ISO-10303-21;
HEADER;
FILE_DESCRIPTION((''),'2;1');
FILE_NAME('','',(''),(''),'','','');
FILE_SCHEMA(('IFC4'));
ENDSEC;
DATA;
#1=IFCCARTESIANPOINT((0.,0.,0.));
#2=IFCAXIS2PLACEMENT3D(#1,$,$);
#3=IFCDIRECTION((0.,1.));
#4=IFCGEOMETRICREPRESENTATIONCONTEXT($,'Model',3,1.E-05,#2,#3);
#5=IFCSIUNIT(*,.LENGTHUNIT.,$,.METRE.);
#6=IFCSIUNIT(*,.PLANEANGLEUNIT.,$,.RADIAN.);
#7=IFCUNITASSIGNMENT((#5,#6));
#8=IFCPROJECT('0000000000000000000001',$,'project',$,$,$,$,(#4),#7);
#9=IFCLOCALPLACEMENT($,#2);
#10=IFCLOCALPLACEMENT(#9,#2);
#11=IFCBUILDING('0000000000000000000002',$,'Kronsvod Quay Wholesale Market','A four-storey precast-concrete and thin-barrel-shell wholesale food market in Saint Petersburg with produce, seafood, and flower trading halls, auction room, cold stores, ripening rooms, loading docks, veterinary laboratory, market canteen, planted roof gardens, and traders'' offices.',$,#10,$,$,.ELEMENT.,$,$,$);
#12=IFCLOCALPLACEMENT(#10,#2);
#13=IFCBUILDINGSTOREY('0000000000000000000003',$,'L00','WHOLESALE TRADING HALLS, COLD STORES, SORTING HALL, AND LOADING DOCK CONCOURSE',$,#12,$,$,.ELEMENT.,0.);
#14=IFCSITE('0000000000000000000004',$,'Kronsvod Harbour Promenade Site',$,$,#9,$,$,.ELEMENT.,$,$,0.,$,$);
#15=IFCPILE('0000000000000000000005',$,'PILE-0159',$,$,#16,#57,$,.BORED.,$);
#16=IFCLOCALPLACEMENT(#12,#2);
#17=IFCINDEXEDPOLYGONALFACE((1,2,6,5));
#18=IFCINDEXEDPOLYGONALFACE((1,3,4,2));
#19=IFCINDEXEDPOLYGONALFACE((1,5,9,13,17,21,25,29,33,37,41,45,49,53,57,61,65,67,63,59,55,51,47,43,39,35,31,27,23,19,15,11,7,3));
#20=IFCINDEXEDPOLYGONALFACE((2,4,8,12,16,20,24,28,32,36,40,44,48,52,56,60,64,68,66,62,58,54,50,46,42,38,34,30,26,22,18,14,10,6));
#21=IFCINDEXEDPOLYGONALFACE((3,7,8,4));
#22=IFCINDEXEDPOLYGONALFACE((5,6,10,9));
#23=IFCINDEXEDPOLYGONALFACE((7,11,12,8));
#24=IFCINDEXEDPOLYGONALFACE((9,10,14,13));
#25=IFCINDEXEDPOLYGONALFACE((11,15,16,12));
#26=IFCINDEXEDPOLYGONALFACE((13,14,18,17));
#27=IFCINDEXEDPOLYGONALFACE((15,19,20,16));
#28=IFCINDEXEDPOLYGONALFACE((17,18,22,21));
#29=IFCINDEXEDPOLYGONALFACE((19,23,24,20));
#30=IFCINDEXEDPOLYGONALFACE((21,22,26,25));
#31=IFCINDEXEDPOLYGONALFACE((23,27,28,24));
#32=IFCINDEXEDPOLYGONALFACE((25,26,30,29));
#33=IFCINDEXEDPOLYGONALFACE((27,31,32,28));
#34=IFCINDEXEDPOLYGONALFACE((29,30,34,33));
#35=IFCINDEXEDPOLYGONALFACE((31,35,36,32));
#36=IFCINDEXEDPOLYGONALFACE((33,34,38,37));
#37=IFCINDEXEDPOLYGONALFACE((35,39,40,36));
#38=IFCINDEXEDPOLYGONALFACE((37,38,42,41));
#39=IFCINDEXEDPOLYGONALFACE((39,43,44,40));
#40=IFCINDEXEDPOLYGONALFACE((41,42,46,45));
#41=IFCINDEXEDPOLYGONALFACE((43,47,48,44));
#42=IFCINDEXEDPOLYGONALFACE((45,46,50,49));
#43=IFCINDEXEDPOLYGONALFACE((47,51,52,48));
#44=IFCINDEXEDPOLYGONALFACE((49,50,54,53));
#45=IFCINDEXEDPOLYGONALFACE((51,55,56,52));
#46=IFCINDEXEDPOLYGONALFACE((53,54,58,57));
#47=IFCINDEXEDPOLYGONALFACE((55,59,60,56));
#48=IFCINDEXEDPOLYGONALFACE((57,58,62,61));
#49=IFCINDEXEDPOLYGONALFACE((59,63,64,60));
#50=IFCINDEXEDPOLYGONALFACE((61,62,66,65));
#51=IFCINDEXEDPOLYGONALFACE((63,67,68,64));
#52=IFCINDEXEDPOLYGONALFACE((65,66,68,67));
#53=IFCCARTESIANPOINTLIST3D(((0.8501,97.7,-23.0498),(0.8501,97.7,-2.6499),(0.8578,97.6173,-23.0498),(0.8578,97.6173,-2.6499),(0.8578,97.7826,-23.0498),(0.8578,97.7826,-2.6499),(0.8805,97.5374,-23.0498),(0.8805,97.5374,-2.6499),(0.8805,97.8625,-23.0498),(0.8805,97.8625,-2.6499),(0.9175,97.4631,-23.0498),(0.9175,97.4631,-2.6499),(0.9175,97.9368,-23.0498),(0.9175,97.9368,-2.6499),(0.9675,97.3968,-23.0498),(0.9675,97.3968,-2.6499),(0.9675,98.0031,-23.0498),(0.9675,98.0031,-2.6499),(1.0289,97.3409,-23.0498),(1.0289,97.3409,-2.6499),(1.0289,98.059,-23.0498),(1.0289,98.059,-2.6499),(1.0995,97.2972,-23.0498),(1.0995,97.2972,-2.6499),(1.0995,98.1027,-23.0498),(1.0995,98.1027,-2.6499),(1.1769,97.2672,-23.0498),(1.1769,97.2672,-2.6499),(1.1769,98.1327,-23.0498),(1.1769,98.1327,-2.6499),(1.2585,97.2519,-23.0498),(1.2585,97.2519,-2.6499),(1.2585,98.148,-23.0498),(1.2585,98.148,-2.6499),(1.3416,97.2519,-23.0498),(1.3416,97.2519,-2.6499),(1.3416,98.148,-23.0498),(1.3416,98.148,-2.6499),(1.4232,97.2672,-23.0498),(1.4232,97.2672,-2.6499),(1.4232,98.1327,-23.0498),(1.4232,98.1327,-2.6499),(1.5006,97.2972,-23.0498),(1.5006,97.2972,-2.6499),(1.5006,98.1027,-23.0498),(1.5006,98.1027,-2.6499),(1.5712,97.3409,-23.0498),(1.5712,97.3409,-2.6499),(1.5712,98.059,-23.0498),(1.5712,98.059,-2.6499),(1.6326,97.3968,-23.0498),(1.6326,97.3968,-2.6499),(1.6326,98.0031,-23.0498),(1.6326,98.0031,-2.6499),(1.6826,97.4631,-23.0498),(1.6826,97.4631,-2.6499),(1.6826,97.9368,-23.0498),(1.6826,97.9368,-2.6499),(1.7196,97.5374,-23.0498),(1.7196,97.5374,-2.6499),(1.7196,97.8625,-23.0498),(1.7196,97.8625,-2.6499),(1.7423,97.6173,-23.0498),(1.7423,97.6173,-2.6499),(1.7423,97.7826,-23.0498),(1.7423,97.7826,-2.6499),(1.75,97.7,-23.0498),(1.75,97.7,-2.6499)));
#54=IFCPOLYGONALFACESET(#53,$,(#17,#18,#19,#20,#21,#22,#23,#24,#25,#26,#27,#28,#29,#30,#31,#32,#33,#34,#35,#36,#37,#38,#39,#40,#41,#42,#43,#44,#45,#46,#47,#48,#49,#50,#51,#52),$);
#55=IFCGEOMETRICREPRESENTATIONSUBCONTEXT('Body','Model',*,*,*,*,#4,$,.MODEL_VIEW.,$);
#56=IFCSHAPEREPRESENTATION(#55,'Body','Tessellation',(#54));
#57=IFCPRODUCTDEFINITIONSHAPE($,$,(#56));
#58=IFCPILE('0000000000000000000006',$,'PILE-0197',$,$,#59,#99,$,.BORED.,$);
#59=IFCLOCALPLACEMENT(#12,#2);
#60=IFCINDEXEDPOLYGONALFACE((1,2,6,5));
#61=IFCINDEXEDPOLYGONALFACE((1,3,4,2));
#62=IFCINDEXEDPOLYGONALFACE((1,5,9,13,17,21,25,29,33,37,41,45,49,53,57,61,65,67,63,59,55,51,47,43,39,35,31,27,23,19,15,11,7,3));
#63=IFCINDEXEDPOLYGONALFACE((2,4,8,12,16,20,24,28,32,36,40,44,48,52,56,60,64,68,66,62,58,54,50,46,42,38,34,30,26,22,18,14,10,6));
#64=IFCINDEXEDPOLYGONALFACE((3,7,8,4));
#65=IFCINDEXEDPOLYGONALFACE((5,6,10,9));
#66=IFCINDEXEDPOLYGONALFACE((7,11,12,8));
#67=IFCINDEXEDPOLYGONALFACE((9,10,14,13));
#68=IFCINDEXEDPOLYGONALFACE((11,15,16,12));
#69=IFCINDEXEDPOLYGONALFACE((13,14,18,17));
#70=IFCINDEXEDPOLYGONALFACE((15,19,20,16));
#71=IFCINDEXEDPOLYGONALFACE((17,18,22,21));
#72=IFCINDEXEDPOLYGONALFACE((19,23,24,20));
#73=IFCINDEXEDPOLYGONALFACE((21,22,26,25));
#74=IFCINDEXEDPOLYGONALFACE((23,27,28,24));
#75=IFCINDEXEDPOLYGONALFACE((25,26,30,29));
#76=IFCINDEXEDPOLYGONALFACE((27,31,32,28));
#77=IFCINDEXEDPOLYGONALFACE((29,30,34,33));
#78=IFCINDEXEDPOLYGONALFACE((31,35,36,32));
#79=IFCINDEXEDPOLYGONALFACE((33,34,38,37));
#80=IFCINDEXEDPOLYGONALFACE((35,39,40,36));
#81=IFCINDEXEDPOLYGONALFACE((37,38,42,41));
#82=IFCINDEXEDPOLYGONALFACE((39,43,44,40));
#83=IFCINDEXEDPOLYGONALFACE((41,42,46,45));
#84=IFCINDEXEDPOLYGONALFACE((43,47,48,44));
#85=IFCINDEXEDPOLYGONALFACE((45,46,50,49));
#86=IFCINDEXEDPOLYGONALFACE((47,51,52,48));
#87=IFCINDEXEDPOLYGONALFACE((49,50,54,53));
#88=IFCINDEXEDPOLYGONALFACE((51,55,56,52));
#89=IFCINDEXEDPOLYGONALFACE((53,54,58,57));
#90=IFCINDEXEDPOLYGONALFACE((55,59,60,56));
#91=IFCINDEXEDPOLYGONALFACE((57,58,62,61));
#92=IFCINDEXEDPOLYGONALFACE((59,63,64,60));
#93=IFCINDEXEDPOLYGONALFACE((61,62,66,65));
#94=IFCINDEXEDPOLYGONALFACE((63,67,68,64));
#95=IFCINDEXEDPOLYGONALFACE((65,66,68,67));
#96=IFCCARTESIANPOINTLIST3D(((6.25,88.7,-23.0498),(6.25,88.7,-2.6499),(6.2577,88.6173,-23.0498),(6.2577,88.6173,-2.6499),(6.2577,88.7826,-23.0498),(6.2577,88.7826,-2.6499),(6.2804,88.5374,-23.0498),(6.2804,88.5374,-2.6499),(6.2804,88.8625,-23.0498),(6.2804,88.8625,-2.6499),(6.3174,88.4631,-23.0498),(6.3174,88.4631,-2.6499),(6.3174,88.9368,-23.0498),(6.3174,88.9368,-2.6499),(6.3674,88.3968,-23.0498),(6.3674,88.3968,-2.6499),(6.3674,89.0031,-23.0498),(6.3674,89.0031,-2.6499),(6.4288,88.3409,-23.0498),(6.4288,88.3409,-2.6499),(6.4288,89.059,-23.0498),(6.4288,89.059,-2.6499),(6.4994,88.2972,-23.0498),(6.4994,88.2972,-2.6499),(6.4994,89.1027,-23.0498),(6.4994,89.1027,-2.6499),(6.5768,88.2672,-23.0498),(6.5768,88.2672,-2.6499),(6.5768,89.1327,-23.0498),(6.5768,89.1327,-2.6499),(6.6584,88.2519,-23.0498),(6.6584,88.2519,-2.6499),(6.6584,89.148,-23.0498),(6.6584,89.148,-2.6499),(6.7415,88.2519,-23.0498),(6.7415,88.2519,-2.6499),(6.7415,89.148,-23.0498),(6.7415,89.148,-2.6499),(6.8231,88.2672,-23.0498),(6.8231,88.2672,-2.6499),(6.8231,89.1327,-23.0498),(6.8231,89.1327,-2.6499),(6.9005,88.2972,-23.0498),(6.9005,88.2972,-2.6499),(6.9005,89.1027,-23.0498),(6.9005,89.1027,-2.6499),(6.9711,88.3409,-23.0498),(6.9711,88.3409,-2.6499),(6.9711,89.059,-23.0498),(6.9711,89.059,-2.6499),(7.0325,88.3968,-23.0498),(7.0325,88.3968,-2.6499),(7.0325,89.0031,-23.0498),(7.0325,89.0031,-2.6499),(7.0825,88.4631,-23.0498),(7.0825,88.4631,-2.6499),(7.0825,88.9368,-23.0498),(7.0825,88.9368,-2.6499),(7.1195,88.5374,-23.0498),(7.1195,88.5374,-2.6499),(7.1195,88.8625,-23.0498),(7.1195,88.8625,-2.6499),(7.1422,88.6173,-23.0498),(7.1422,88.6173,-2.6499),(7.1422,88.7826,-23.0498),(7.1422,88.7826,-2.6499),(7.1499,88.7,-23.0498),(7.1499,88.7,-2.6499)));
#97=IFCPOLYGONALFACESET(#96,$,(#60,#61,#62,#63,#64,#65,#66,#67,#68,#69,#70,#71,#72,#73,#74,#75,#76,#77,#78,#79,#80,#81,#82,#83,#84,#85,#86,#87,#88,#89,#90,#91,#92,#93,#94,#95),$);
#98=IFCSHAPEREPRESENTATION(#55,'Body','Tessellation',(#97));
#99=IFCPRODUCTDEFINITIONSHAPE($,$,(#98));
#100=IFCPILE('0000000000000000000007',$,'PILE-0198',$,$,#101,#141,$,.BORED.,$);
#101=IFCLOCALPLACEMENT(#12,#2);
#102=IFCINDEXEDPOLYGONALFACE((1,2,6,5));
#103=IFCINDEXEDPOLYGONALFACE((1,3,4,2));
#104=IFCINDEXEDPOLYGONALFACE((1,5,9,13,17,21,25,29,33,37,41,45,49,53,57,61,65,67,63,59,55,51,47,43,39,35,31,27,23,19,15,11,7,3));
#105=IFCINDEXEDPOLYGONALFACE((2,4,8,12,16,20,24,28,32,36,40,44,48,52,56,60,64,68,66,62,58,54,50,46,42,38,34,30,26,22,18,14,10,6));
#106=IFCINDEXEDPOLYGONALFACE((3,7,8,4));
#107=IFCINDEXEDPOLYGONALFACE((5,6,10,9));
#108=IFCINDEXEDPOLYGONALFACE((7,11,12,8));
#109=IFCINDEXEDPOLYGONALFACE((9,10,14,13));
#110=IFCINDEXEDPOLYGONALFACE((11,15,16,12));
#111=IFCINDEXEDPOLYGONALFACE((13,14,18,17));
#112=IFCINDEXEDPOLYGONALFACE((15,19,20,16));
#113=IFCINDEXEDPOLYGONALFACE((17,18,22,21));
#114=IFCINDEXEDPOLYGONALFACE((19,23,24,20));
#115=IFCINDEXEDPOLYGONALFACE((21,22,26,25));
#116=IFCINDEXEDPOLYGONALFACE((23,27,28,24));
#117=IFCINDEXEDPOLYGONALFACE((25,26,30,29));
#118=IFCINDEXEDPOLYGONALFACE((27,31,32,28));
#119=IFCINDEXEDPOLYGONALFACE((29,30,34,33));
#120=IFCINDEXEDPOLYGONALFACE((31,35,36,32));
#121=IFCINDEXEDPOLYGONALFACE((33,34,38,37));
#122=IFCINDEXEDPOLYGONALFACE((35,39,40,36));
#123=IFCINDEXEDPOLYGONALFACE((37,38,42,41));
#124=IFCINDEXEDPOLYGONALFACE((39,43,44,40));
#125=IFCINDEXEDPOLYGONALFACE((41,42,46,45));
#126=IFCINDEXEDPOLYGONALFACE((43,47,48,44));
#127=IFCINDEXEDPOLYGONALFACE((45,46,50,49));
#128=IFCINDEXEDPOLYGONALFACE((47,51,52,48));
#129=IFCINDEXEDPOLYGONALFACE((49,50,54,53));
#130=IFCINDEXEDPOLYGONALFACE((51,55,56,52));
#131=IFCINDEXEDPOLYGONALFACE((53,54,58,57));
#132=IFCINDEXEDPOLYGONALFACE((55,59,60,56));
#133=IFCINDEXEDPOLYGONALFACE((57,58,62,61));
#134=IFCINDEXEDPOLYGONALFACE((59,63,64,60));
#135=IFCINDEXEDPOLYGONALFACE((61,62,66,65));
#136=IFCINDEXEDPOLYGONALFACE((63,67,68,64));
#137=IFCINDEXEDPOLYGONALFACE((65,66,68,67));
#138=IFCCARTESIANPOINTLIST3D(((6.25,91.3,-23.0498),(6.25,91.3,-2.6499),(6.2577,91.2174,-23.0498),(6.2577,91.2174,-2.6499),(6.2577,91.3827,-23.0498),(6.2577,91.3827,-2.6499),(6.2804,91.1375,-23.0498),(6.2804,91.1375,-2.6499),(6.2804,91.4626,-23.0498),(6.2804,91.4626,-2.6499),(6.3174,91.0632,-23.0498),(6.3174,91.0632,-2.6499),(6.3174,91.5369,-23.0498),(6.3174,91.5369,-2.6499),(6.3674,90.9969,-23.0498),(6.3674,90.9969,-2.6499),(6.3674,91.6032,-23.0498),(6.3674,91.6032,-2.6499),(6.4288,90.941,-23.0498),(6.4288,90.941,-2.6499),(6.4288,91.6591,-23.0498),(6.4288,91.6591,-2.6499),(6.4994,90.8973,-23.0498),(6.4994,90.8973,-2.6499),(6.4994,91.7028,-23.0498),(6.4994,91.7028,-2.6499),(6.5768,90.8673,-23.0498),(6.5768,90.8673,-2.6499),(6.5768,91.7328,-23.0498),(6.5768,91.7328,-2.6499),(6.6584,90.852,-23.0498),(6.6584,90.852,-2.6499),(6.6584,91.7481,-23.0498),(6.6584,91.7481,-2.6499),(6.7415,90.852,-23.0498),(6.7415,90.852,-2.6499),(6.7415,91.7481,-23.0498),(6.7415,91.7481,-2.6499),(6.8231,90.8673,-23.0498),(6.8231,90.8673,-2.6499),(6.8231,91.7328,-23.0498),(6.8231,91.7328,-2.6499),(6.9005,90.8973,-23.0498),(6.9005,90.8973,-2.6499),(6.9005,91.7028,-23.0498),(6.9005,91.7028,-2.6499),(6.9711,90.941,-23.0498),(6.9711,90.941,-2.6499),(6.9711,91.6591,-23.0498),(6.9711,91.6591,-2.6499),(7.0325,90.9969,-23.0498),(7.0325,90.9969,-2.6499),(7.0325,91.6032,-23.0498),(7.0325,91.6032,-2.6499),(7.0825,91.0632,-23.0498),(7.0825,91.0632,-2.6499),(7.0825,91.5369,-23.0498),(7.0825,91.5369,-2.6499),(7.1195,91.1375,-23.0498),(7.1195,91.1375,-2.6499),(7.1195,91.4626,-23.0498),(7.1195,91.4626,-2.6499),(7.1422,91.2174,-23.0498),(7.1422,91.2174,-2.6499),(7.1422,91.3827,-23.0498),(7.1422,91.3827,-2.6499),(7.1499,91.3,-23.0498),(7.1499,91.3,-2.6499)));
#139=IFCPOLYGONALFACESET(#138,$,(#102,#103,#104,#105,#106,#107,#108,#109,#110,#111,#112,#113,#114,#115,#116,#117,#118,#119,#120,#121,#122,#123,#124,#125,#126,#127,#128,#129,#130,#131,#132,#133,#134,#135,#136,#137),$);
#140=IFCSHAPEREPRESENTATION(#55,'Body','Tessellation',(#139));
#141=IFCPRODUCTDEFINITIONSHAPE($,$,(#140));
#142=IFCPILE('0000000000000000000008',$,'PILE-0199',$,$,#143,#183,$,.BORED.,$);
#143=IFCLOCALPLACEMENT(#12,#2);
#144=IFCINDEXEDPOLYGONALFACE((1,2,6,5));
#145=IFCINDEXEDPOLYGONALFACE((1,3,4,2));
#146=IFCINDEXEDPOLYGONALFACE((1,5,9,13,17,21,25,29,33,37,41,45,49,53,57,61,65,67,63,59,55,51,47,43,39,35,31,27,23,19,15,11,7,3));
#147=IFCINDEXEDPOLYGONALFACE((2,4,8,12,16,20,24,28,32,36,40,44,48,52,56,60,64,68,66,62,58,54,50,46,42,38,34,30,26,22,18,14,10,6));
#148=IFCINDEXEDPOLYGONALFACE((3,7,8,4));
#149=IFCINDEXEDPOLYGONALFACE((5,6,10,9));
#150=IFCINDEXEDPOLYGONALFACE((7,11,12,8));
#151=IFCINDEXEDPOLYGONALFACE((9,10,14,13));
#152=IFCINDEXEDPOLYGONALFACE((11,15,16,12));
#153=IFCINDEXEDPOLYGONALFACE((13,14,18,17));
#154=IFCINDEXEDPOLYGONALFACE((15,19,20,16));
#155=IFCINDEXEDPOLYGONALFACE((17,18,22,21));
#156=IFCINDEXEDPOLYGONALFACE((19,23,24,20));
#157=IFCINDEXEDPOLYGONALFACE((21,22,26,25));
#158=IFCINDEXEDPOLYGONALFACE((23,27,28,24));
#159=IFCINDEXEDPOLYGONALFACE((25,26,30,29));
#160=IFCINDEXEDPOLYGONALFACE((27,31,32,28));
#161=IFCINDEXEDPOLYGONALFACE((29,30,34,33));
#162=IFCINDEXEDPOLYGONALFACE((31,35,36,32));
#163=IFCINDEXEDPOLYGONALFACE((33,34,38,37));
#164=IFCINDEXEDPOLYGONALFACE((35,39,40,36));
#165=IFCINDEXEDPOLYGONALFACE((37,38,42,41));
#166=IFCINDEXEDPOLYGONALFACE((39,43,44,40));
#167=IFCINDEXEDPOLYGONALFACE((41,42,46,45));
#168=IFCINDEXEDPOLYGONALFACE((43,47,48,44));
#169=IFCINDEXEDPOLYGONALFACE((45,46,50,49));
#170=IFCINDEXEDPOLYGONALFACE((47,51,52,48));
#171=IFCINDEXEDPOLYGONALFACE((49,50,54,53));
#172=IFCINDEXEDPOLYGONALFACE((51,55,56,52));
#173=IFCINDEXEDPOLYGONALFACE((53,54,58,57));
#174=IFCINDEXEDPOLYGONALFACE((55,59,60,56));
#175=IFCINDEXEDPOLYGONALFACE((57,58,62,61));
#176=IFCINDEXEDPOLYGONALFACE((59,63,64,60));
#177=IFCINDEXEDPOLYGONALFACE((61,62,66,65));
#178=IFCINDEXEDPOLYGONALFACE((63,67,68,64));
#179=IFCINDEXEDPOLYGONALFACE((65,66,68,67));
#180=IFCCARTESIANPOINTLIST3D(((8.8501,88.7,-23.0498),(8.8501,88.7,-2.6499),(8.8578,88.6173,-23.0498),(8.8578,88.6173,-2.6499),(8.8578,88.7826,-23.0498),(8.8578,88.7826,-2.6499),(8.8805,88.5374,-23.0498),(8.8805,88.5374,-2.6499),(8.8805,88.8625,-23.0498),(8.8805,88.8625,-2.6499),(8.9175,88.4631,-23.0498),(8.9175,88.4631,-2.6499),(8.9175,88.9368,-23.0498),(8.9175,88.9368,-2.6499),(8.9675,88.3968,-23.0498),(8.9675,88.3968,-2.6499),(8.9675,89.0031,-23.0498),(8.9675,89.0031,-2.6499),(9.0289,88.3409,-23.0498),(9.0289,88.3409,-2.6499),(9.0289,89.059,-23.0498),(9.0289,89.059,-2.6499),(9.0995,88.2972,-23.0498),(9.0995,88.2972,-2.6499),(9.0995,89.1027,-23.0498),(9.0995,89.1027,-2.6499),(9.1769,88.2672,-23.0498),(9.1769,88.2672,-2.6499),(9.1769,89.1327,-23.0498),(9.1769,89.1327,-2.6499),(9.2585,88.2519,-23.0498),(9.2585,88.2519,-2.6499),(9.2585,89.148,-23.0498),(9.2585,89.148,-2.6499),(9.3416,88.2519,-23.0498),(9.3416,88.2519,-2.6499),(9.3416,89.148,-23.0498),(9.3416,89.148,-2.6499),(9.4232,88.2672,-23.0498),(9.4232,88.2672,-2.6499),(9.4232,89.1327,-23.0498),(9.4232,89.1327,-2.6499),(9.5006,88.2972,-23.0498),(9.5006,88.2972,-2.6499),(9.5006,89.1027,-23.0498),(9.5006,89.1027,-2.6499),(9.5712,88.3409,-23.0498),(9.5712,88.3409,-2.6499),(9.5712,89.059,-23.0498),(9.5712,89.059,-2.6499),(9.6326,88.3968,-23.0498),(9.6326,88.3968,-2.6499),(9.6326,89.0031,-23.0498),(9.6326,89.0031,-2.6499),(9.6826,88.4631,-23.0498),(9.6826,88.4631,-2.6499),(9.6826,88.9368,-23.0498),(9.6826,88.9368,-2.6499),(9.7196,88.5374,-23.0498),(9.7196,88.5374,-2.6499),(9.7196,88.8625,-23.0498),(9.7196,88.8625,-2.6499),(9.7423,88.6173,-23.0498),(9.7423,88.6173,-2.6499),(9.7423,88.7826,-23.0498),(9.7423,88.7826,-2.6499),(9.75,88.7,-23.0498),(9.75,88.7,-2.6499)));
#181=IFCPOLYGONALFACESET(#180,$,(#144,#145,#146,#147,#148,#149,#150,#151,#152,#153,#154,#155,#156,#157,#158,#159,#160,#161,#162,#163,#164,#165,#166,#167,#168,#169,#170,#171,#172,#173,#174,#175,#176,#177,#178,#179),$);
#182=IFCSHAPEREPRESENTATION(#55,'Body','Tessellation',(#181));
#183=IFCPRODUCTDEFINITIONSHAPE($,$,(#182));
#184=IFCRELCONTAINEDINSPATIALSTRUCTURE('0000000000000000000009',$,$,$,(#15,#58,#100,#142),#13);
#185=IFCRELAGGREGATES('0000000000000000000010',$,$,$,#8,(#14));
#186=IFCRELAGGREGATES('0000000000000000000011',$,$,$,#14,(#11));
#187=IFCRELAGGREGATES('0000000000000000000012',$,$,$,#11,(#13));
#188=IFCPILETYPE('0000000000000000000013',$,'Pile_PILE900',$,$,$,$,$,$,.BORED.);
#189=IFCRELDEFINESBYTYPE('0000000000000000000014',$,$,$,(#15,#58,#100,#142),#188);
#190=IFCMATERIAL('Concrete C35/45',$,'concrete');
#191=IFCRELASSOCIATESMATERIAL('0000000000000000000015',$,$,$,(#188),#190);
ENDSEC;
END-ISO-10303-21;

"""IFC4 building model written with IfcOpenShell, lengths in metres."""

from ifc_helpers import new_model, si_unit, direction, frame, origin, origin_2d, place, context, subcontext, project, spatial, circle, extrude, material, material_profile, profile_set, type_object, element, save


model = new_model("IFC4")

# Units and contexts
model_context = context("Model", 3, precision=1e-05, world=origin(), true_north=direction((0.0, 1.0)))
body_context = subcontext(model_context, "Body", "Model", "MODEL_VIEW")
ifc_project = project(units=[si_unit("LENGTHUNIT", "METRE"), si_unit("PLANEANGLEUNIT", "RADIAN")], contexts=[model_context])

# Site, building, storey
site_placement = place(None, origin())
site = spatial("IfcSite", under=ifc_project, at=site_placement, Name="Kronsvod Harbour Promenade Site", CompositionType="ELEMENT", RefElevation=0.0)
building_placement = place(site_placement, origin())
building = spatial("IfcBuilding", under=site, at=building_placement, Name="Kronsvod Quay Wholesale Market", Description="A four-storey precast-concrete and thin-barrel-shell wholesale food market in Saint Petersburg with produce, seafood, and flower trading halls, auction room, cold stores, ripening rooms, loading docks, veterinary laboratory, market canteen, planted roof gardens, and traders' offices.", CompositionType="ELEMENT")
storey_placement = place(building_placement, origin())
storey = spatial("IfcBuildingStorey", under=building, at=storey_placement, Name="L00", Description="WHOLESALE TRADING HALLS, COLD STORES, SORTING HALL, AND LOADING DOCK CONCOURSE", CompositionType="ELEMENT", Elevation=0.0)

# Piles
ifc_material_1 = material(Name="Concrete C35/45", Category="concrete")
ifc_material_profile_1 = material_profile(ifc_material_1, circle(Radius=0.45, at=origin_2d()), Name="PILE900")
ifc_profile_set_1 = profile_set([ifc_material_profile_1], Name="Concrete C35/45")
pile_type = type_object("IfcPileType", Name="Pile_PILE900", PredefinedType="BORED", material=ifc_profile_set_1)
for number, where, z_axis, x_axis, name in (
    (1, (1.3, 97.7, -2.6499), (0.0, 0.0, -1.0), (1.0, 0.0, 0.0), "PILE-0159"),
    (2, (6.7, 88.7, -2.6499), (0.0, 0.0, -1.0), (1.0, 0.0, 0.0), "PILE-0197"),
    (3, (6.7, 91.3, -2.6499), (0.0, 0.0, -1.0), (1.0, 0.0, 0.0), "PILE-0198"),
    (4, (9.3, 88.7, -2.6499), (0.0, 0.0, -1.0), (1.0, 0.0, 0.0), "PILE-0199"),
):
    element("IfcPile", number, at=place(storey_placement, frame(where, z_axis=z_axis, x_axis=x_axis)), inside=storey, type_object=pile_type, Name=name, PredefinedType="BORED", context=body_context, shape_type="SweptSolid", body=[
        extrude(circle(Radius=0.45, at=origin_2d()), origin(), (0.0, 0.0, 1.0), 20.3999),
    ])

save(model, "model.ifc")
